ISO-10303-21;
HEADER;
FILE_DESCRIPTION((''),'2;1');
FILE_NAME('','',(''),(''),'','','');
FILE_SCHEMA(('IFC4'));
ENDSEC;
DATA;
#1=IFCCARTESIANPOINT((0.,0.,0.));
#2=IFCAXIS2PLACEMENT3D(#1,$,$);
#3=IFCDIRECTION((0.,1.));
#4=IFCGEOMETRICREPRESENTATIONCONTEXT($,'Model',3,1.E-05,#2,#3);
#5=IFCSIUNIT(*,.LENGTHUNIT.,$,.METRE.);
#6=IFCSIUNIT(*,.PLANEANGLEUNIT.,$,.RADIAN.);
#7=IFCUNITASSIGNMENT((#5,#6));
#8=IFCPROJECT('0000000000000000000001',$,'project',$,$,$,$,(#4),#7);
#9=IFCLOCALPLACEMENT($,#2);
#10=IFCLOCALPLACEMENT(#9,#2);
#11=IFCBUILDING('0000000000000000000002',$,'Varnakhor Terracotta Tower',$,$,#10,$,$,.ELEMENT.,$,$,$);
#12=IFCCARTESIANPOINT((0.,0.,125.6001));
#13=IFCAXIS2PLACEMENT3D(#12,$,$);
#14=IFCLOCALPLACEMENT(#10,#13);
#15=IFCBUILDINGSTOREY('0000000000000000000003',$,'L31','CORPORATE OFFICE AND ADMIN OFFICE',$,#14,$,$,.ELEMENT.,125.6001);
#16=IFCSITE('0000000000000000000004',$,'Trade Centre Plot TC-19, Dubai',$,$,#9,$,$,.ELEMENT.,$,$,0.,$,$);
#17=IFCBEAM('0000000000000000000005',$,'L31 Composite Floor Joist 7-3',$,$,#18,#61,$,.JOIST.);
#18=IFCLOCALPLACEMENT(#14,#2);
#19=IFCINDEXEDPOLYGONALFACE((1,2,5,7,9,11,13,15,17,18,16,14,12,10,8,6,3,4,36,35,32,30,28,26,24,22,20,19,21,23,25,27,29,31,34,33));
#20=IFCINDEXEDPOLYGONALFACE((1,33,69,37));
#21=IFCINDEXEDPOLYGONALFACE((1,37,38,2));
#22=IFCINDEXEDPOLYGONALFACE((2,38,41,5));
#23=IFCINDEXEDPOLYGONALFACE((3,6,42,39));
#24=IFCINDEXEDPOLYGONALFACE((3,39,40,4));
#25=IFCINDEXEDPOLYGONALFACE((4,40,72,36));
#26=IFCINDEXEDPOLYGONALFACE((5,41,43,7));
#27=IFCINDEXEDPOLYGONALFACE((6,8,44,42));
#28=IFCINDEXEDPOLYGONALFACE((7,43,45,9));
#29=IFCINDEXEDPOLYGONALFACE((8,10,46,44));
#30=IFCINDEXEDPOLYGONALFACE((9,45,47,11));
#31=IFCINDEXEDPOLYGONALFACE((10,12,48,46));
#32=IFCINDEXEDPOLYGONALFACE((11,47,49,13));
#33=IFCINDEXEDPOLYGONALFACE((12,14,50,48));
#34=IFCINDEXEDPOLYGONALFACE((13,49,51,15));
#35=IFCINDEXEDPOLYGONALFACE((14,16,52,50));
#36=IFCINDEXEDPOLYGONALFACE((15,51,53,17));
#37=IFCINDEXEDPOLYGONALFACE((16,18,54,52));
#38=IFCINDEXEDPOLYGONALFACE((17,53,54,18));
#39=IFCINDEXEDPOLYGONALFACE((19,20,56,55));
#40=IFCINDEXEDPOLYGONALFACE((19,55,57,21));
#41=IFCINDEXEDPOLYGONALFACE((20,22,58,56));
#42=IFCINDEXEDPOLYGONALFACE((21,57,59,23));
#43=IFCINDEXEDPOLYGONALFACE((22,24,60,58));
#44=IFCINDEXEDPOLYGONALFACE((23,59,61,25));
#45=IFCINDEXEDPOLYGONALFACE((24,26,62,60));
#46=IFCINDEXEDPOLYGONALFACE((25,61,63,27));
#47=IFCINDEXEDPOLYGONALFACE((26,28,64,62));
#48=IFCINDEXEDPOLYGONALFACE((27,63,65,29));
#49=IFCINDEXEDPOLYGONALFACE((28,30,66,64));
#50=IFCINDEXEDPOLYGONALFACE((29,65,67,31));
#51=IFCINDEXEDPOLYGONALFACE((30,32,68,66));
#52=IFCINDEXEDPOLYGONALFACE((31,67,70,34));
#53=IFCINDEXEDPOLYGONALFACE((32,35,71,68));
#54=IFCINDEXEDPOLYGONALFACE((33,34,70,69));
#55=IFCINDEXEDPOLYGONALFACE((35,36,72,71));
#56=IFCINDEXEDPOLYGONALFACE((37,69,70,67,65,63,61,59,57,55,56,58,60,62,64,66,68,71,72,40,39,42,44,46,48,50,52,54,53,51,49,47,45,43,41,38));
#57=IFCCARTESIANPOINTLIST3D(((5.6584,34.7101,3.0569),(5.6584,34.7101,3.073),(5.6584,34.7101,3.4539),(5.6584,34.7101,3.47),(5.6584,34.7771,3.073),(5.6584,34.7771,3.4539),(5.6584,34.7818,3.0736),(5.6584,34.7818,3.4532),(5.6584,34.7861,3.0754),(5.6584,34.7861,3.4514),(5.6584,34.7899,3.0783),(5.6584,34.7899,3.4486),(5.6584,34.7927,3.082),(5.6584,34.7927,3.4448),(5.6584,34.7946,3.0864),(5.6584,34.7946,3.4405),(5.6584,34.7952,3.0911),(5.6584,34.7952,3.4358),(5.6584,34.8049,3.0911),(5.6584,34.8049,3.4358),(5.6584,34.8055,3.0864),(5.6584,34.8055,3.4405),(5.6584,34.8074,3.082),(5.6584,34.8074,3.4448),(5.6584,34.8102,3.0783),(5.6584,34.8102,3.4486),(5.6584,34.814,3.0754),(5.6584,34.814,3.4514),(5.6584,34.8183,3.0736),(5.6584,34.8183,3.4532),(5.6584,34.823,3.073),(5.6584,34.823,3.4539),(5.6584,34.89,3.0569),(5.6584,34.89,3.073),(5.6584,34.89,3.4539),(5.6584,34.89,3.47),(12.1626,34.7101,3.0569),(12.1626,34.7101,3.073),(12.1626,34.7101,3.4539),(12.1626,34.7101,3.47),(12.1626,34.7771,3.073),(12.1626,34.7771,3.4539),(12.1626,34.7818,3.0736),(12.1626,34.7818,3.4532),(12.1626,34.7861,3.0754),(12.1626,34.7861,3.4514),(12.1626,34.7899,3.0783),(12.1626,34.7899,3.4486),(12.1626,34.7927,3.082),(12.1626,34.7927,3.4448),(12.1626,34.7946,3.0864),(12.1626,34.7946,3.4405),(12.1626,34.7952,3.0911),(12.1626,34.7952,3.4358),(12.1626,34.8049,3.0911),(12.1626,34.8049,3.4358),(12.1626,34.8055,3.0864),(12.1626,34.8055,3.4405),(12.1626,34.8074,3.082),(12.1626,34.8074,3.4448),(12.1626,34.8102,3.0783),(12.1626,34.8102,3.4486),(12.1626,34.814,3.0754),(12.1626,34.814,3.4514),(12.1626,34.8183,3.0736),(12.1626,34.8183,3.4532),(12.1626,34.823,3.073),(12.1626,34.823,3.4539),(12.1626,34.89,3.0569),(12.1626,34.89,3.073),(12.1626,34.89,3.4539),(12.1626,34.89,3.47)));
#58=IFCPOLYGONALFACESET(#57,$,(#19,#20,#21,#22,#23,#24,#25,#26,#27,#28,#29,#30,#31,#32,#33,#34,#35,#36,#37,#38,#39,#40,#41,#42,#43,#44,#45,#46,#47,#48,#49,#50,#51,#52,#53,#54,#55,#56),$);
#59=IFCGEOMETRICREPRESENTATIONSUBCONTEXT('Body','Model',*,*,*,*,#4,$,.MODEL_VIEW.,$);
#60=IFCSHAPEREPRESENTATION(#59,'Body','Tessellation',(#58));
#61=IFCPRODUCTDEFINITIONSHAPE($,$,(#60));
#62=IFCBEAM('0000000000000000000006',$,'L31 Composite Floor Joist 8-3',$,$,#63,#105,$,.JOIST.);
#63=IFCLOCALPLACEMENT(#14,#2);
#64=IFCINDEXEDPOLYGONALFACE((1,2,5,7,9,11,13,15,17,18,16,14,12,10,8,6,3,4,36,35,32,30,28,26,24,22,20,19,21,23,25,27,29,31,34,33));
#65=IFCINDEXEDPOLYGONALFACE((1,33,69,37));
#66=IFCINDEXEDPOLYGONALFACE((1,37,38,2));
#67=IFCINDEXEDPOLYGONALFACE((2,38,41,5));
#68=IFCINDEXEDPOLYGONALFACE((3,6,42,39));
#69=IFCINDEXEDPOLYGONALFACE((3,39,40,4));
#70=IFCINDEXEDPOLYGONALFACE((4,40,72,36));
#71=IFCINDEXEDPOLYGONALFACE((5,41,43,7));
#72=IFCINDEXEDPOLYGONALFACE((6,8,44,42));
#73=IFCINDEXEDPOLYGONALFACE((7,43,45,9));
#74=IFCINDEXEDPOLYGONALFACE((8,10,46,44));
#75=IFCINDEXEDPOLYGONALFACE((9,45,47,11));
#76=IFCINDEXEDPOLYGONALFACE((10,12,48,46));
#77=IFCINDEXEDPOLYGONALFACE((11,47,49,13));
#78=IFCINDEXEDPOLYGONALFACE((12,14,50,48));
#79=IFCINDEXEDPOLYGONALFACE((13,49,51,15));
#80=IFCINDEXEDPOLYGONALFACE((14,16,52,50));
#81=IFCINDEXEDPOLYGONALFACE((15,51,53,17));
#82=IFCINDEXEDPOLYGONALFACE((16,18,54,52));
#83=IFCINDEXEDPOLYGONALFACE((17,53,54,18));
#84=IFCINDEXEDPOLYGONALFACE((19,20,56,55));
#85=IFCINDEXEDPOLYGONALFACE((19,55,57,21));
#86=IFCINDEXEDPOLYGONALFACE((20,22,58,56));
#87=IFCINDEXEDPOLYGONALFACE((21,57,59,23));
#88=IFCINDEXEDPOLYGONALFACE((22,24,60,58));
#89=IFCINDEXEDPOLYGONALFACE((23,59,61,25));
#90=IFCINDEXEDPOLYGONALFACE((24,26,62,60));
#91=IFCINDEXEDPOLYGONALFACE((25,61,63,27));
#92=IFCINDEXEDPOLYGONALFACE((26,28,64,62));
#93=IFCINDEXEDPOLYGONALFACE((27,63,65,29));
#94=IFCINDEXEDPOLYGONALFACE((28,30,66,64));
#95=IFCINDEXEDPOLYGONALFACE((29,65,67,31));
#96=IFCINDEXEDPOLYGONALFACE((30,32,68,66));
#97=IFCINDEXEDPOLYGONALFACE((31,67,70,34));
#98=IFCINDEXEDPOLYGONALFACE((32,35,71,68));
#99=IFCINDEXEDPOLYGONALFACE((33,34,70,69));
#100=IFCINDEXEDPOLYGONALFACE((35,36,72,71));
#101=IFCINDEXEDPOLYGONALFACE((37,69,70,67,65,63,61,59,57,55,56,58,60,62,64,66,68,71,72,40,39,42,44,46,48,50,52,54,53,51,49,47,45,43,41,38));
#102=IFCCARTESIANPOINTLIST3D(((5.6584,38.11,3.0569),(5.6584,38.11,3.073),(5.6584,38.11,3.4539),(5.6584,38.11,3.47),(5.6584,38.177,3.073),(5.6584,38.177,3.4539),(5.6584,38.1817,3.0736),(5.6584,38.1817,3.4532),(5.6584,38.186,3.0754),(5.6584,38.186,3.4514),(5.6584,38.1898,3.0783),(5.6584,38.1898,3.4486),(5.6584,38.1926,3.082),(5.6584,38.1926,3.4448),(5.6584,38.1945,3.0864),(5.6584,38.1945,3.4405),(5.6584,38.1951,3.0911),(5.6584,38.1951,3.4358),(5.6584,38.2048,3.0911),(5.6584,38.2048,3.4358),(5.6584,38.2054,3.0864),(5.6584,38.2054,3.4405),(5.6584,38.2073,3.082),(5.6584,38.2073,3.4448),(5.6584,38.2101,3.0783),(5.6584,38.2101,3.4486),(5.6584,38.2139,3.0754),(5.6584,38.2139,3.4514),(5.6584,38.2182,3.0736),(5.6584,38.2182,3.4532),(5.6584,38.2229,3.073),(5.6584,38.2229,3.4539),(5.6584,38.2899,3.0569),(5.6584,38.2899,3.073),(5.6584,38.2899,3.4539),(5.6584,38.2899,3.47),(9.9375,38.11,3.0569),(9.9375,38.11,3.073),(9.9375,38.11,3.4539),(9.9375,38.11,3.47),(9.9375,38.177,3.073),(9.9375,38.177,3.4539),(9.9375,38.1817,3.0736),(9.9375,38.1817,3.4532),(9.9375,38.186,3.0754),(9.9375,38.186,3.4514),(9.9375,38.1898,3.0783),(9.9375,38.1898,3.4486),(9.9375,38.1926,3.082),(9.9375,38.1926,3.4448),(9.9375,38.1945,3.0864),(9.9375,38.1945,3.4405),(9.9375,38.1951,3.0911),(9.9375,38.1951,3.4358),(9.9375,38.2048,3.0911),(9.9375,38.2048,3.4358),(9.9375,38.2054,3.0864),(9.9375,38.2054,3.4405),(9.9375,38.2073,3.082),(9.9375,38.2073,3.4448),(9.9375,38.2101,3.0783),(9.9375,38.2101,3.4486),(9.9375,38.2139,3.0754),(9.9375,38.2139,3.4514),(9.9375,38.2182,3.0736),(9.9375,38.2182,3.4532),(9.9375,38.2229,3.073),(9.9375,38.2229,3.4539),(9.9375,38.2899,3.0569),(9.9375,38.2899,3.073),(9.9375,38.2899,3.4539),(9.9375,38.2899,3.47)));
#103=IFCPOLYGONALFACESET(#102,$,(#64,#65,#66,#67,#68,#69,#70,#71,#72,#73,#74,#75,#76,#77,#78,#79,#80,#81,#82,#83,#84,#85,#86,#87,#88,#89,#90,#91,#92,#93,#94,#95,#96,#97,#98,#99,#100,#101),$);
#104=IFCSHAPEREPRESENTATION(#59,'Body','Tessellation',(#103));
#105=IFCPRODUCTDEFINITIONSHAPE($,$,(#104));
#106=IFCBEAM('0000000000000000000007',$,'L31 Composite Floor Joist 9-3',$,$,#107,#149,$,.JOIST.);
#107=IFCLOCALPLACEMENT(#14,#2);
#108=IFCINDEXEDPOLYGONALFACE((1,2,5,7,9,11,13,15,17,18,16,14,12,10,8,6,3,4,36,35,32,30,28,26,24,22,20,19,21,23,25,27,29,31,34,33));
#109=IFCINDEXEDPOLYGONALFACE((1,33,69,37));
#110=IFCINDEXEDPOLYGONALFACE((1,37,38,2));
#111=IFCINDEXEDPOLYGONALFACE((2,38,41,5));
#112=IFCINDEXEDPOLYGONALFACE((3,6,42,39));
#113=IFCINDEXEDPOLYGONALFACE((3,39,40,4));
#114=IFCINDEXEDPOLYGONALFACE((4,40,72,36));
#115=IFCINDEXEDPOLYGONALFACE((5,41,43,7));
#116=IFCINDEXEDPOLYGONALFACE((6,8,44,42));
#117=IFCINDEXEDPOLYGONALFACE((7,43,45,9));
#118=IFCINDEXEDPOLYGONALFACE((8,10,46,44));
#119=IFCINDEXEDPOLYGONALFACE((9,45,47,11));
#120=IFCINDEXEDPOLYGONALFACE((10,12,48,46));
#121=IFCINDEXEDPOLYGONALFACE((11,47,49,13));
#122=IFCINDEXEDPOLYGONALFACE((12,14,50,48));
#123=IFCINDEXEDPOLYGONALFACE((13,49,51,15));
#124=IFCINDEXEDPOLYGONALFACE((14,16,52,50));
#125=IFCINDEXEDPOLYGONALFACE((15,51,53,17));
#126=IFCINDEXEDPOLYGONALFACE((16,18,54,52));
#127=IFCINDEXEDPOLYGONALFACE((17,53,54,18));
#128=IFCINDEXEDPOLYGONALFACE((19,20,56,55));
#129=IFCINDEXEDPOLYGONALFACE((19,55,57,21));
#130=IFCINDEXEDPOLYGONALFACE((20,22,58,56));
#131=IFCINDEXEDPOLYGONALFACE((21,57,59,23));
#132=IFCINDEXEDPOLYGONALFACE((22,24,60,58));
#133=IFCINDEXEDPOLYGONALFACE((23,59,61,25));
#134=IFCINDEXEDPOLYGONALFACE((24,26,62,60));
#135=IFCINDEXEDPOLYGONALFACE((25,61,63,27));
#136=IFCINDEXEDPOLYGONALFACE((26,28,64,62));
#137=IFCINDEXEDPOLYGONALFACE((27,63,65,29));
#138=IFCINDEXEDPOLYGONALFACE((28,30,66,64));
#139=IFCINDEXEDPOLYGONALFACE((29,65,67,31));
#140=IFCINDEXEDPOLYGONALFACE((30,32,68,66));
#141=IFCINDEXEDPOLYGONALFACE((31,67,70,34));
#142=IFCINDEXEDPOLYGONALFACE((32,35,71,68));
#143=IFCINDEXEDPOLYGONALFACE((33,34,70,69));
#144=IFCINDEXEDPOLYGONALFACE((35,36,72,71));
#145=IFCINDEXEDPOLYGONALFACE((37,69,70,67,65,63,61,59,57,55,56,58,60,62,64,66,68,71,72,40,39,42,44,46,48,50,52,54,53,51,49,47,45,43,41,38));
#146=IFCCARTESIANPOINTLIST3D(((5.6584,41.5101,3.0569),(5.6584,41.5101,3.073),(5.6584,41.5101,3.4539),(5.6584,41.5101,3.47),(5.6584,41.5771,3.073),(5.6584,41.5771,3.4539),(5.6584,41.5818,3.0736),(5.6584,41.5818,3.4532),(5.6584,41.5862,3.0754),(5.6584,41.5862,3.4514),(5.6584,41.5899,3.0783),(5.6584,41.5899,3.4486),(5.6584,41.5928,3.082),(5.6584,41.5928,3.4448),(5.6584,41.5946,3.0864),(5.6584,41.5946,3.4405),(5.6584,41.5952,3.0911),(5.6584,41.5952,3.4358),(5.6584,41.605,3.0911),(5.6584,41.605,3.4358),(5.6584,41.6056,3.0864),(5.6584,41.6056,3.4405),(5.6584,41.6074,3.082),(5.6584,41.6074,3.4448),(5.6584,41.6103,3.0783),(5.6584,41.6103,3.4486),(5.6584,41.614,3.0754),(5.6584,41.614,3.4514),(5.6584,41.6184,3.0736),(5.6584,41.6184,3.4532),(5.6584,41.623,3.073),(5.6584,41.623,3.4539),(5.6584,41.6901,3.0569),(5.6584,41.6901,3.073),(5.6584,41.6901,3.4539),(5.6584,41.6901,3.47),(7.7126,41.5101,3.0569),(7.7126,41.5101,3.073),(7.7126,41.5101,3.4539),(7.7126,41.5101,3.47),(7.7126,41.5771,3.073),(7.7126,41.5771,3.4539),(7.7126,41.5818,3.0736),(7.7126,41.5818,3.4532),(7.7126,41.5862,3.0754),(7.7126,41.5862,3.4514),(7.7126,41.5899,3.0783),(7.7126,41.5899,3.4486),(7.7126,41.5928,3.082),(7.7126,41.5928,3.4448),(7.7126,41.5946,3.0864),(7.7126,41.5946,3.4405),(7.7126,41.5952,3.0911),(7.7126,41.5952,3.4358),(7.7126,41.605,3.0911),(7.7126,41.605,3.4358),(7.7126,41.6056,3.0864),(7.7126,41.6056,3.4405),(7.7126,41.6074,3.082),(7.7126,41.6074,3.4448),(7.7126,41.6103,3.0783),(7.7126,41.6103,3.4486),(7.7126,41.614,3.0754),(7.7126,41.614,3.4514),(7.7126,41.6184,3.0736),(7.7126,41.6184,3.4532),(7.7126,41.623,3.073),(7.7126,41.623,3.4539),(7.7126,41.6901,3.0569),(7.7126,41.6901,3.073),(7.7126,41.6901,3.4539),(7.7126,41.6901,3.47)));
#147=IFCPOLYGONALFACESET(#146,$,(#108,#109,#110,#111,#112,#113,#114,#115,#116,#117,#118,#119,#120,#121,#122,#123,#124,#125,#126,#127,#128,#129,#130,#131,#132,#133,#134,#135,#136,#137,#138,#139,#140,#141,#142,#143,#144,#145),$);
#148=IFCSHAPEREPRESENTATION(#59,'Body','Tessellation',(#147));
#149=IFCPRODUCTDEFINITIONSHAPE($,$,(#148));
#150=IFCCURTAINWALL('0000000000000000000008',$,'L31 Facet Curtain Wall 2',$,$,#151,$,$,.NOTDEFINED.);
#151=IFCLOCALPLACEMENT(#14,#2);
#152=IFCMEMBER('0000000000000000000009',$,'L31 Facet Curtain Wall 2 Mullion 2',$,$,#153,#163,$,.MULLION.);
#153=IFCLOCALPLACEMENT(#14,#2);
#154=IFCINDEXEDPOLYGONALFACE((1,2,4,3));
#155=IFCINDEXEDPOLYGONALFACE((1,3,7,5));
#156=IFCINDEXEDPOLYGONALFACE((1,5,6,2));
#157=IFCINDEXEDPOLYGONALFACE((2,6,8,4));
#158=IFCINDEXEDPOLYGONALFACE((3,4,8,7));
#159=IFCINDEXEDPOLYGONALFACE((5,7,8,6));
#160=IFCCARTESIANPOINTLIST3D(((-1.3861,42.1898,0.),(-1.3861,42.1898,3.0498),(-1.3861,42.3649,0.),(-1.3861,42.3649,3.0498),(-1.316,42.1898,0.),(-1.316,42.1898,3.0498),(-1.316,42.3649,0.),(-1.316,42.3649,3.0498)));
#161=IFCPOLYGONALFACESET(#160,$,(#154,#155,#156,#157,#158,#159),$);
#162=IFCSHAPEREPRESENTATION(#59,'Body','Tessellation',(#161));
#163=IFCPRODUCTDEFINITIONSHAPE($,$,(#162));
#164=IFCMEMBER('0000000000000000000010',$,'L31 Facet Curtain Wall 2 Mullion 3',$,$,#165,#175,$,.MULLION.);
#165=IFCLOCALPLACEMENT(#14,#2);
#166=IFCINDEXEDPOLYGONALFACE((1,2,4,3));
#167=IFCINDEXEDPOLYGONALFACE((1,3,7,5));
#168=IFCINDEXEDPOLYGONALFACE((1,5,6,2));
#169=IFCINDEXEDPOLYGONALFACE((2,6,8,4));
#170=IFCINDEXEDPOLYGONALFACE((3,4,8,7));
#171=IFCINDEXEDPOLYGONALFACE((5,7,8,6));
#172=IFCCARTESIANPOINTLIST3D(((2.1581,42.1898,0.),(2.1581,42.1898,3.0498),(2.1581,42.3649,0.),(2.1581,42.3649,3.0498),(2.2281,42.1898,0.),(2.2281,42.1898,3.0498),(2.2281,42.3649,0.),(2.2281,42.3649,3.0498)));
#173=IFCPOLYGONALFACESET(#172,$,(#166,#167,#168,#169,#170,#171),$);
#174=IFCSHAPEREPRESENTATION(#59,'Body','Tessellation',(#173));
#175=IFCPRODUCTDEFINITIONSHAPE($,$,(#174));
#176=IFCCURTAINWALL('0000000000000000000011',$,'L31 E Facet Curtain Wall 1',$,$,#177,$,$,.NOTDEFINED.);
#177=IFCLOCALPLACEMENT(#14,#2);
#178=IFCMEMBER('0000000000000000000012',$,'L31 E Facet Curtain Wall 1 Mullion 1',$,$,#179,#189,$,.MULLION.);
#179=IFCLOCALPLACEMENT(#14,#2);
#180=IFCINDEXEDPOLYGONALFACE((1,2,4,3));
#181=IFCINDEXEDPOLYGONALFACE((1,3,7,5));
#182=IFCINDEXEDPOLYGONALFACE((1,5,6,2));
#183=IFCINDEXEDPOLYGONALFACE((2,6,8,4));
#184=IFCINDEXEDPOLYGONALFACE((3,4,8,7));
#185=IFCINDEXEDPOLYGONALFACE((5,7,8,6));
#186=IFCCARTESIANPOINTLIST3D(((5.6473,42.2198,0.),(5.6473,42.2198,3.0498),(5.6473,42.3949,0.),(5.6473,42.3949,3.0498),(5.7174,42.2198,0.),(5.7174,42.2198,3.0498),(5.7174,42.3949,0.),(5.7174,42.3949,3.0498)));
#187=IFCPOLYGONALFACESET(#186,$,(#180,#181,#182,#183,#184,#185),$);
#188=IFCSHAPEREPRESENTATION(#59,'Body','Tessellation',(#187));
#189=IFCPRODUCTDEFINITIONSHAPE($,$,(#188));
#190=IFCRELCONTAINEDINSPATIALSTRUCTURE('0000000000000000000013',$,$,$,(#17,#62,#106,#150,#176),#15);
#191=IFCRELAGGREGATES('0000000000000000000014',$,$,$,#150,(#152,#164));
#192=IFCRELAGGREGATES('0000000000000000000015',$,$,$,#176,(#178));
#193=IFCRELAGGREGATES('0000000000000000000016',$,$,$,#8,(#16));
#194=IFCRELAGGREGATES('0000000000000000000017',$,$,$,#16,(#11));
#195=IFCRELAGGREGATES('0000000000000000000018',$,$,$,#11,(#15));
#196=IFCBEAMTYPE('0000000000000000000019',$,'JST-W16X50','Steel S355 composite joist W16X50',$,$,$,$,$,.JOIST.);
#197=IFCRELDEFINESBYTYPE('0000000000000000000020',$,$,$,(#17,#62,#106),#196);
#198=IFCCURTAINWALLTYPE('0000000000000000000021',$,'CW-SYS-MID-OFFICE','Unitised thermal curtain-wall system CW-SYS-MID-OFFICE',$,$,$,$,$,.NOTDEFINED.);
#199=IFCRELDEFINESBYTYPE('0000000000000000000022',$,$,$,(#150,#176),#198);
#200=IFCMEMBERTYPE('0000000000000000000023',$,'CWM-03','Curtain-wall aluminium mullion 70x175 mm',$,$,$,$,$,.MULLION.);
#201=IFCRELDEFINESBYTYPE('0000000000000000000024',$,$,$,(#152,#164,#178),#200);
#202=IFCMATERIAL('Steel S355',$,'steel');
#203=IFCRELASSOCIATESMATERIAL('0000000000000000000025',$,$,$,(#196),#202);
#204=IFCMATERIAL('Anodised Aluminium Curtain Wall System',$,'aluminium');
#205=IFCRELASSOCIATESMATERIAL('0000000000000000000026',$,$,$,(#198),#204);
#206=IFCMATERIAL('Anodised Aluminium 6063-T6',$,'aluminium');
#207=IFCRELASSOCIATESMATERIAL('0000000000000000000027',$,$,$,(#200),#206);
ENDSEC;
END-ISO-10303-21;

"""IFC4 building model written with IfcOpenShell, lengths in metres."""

from ifc_helpers import new_model, si_unit, direction, frame, origin, origin_2d, place, context, subcontext, project, spatial, rectangle, i_section, extrude, source, transform, mapped, material, material_profile, profile_set, type_object, type_shapes, element, aggregate, save


model = new_model("IFC4")

# Units and contexts
model_context = context("Model", 3, precision=1e-05, world=origin(), true_north=direction((0.0, 1.0)))
body_context = subcontext(model_context, "Body", "Model", "MODEL_VIEW")
ifc_project = project(units=[si_unit("LENGTHUNIT", "METRE"), si_unit("PLANEANGLEUNIT", "RADIAN")], contexts=[model_context])

# Site, building, storey
site_placement = place(None, origin())
site = spatial("IfcSite", under=ifc_project, at=site_placement, Name="Trade Centre Plot TC-19, Dubai", CompositionType="ELEMENT", RefElevation=0.0)
building_placement = place(site_placement, origin())
building = spatial("IfcBuilding", under=site, at=building_placement, Name="Varnakhor Terracotta Tower", CompositionType="ELEMENT")
storey_placement = place(building_placement, frame((0.0, 0.0, 125.6001)))
storey = spatial("IfcBuildingStorey", under=building, at=storey_placement, Name="L31", Description="CORPORATE OFFICE AND ADMIN OFFICE", CompositionType="ELEMENT", Elevation=125.6001)

# Beams
ifc_material_1 = material(Name="Steel S355", Category="steel")
ifc_material_profile_1 = material_profile(ifc_material_1, i_section(OverallWidth=0.1799, OverallDepth=0.4131, WebThickness=0.0098, FlangeThickness=0.0161, FilletRadius=0.0181, at=origin_2d()), Name="W16X50")
ifc_profile_set_1 = profile_set([ifc_material_profile_1], Name="Steel S355")
beam_type_1 = type_object("IfcBeamType", Name="JST-W16X50", Description="Steel S355 composite joist W16X50", PredefinedType="JOIST", material=ifc_profile_set_1)
shared_shape_1 = source(origin(), body_context, "Body", "SweptSolid", [
    extrude(i_section(OverallWidth=0.1799, OverallDepth=0.4131, WebThickness=0.0098, FlangeThickness=0.0161, FilletRadius=0.0181, at=origin_2d()), origin(), (0.0, 0.0, 1.0), 6.5042),
])
beam_1_placement = place(storey_placement, frame((5.6584, 34.8, 3.2634), z_axis=(1.0, 0.0, 0.0), x_axis=(0.0, 1.0, 0.0)))
element("IfcBeam", 1, at=beam_1_placement, inside=storey, type_object=beam_type_1, Name="L31 Composite Floor Joist 7-3", PredefinedType="JOIST", context=body_context, shape_type="MappedRepresentation", body=[
    mapped(shared_shape_1, transform((0.0, 0.0, 0.0), scale=1.0)),
])
shared_shape_2 = source(origin(), body_context, "Body", "SweptSolid", [
    extrude(i_section(OverallWidth=0.1799, OverallDepth=0.4131, WebThickness=0.0098, FlangeThickness=0.0161, FilletRadius=0.0181, at=origin_2d()), origin(), (0.0, 0.0, 1.0), 4.2791),
])
beam_2_placement = place(storey_placement, frame((5.6584, 38.2, 3.2634), z_axis=(1.0, 0.0, 0.0), x_axis=(0.0, 1.0, 0.0)))
element("IfcBeam", 2, at=beam_2_placement, inside=storey, type_object=beam_type_1, Name="L31 Composite Floor Joist 8-3", PredefinedType="JOIST", context=body_context, shape_type="MappedRepresentation", body=[
    mapped(shared_shape_2, transform((0.0, 0.0, 0.0), scale=1.0)),
])
shared_shape_3 = source(origin(), body_context, "Body", "SweptSolid", [
    extrude(i_section(OverallWidth=0.1799, OverallDepth=0.4131, WebThickness=0.0098, FlangeThickness=0.0161, FilletRadius=0.0181, at=origin_2d()), origin(), (0.0, 0.0, 1.0), 2.0542),
])
beam_3_placement = place(storey_placement, frame((5.6584, 41.6001, 3.2634), z_axis=(1.0, 0.0, 0.0), x_axis=(0.0, 1.0, 0.0)))
element("IfcBeam", 3, at=beam_3_placement, inside=storey, type_object=beam_type_1, Name="L31 Composite Floor Joist 9-3", PredefinedType="JOIST", context=body_context, shape_type="MappedRepresentation", body=[
    mapped(shared_shape_3, transform((0.0, 0.0, 0.0), scale=1.0)),
])

# Curtain walls, members
ifc_material_2 = material(Name="Anodised Aluminium Curtain Wall System", Category="aluminium")
curtain_wall_type = type_object("IfcCurtainWallType", Name="CW-SYS-MID-OFFICE", Description="Unitised thermal curtain-wall system CW-SYS-MID-OFFICE", PredefinedType="NOTDEFINED", material=ifc_material_2)
curtain_wall_1_placement = place(storey_placement, origin())
curtain_wall_1 = element("IfcCurtainWall", 4, at=curtain_wall_1_placement, inside=storey, type_object=curtain_wall_type, Name="L31 Facet Curtain Wall 2", PredefinedType="NOTDEFINED")
ifc_material_3 = material(Name="Anodised Aluminium 6063-T6", Category="aluminium")
ifc_material_profile_2 = material_profile(ifc_material_3, rectangle(XDim=0.0701, YDim=0.175, at=origin_2d()), Name="ALU MULLION 70x175")
ifc_profile_set_2 = profile_set([ifc_material_profile_2], Name="Anodised Aluminium 6063-T6")
member_type_1 = type_object("IfcMemberType", Name="CWM-03", Description="Curtain-wall aluminium mullion 70x175 mm", PredefinedType="MULLION", material=ifc_profile_set_2)
shared_shape_4 = source(origin(), body_context, "Body", "SweptSolid", [
    extrude(rectangle(XDim=0.0701, YDim=0.175, at=origin_2d()), origin(), (0.0, 0.0, 1.0), 3.0498),
])
type_shapes(member_type_1, [shared_shape_4])
member_1_placement = place(storey_placement, frame((-1.3511, 42.2773, 0.0), z_axis=(0.0, 0.0, 1.0), x_axis=(1.0, 0.0, 0.0)))
member_1 = element("IfcMember", 5, at=member_1_placement, type_object=member_type_1, Name="L31 Facet Curtain Wall 2 Mullion 2", PredefinedType="MULLION", context=body_context, shape_type="MappedRepresentation", body=[
    mapped(shared_shape_4, transform((0.0, 0.0, 0.0), scale=1.0)),
])
member_2_placement = place(storey_placement, frame((2.1931, 42.2773, 0.0), z_axis=(0.0, 0.0, 1.0), x_axis=(1.0, 0.0, 0.0)))
member_2 = element("IfcMember", 6, at=member_2_placement, type_object=member_type_1, Name="L31 Facet Curtain Wall 2 Mullion 3", PredefinedType="MULLION", context=body_context, shape_type="MappedRepresentation", body=[
    mapped(shared_shape_4, transform((0.0, 0.0, 0.0), scale=1.0)),
])
curtain_wall_2_placement = place(storey_placement, origin())
curtain_wall_2 = element("IfcCurtainWall", 7, at=curtain_wall_2_placement, inside=storey, type_object=curtain_wall_type, Name="L31 E Facet Curtain Wall 1", PredefinedType="NOTDEFINED")
member_3_placement = place(storey_placement, frame((5.6824, 42.3074, 0.0), z_axis=(0.0, 0.0, 1.0), x_axis=(1.0, 0.0, 0.0)))
member_3 = element("IfcMember", 8, at=member_3_placement, type_object=member_type_1, Name="L31 E Facet Curtain Wall 1 Mullion 1", PredefinedType="MULLION", context=body_context, shape_type="MappedRepresentation", body=[
    mapped(shared_shape_4, transform((0.0, 0.0, 0.0), scale=1.0)),
])

aggregate(curtain_wall_1, [member_1, member_2])
aggregate(curtain_wall_2, [member_3])

save(model, "model.ifc")
